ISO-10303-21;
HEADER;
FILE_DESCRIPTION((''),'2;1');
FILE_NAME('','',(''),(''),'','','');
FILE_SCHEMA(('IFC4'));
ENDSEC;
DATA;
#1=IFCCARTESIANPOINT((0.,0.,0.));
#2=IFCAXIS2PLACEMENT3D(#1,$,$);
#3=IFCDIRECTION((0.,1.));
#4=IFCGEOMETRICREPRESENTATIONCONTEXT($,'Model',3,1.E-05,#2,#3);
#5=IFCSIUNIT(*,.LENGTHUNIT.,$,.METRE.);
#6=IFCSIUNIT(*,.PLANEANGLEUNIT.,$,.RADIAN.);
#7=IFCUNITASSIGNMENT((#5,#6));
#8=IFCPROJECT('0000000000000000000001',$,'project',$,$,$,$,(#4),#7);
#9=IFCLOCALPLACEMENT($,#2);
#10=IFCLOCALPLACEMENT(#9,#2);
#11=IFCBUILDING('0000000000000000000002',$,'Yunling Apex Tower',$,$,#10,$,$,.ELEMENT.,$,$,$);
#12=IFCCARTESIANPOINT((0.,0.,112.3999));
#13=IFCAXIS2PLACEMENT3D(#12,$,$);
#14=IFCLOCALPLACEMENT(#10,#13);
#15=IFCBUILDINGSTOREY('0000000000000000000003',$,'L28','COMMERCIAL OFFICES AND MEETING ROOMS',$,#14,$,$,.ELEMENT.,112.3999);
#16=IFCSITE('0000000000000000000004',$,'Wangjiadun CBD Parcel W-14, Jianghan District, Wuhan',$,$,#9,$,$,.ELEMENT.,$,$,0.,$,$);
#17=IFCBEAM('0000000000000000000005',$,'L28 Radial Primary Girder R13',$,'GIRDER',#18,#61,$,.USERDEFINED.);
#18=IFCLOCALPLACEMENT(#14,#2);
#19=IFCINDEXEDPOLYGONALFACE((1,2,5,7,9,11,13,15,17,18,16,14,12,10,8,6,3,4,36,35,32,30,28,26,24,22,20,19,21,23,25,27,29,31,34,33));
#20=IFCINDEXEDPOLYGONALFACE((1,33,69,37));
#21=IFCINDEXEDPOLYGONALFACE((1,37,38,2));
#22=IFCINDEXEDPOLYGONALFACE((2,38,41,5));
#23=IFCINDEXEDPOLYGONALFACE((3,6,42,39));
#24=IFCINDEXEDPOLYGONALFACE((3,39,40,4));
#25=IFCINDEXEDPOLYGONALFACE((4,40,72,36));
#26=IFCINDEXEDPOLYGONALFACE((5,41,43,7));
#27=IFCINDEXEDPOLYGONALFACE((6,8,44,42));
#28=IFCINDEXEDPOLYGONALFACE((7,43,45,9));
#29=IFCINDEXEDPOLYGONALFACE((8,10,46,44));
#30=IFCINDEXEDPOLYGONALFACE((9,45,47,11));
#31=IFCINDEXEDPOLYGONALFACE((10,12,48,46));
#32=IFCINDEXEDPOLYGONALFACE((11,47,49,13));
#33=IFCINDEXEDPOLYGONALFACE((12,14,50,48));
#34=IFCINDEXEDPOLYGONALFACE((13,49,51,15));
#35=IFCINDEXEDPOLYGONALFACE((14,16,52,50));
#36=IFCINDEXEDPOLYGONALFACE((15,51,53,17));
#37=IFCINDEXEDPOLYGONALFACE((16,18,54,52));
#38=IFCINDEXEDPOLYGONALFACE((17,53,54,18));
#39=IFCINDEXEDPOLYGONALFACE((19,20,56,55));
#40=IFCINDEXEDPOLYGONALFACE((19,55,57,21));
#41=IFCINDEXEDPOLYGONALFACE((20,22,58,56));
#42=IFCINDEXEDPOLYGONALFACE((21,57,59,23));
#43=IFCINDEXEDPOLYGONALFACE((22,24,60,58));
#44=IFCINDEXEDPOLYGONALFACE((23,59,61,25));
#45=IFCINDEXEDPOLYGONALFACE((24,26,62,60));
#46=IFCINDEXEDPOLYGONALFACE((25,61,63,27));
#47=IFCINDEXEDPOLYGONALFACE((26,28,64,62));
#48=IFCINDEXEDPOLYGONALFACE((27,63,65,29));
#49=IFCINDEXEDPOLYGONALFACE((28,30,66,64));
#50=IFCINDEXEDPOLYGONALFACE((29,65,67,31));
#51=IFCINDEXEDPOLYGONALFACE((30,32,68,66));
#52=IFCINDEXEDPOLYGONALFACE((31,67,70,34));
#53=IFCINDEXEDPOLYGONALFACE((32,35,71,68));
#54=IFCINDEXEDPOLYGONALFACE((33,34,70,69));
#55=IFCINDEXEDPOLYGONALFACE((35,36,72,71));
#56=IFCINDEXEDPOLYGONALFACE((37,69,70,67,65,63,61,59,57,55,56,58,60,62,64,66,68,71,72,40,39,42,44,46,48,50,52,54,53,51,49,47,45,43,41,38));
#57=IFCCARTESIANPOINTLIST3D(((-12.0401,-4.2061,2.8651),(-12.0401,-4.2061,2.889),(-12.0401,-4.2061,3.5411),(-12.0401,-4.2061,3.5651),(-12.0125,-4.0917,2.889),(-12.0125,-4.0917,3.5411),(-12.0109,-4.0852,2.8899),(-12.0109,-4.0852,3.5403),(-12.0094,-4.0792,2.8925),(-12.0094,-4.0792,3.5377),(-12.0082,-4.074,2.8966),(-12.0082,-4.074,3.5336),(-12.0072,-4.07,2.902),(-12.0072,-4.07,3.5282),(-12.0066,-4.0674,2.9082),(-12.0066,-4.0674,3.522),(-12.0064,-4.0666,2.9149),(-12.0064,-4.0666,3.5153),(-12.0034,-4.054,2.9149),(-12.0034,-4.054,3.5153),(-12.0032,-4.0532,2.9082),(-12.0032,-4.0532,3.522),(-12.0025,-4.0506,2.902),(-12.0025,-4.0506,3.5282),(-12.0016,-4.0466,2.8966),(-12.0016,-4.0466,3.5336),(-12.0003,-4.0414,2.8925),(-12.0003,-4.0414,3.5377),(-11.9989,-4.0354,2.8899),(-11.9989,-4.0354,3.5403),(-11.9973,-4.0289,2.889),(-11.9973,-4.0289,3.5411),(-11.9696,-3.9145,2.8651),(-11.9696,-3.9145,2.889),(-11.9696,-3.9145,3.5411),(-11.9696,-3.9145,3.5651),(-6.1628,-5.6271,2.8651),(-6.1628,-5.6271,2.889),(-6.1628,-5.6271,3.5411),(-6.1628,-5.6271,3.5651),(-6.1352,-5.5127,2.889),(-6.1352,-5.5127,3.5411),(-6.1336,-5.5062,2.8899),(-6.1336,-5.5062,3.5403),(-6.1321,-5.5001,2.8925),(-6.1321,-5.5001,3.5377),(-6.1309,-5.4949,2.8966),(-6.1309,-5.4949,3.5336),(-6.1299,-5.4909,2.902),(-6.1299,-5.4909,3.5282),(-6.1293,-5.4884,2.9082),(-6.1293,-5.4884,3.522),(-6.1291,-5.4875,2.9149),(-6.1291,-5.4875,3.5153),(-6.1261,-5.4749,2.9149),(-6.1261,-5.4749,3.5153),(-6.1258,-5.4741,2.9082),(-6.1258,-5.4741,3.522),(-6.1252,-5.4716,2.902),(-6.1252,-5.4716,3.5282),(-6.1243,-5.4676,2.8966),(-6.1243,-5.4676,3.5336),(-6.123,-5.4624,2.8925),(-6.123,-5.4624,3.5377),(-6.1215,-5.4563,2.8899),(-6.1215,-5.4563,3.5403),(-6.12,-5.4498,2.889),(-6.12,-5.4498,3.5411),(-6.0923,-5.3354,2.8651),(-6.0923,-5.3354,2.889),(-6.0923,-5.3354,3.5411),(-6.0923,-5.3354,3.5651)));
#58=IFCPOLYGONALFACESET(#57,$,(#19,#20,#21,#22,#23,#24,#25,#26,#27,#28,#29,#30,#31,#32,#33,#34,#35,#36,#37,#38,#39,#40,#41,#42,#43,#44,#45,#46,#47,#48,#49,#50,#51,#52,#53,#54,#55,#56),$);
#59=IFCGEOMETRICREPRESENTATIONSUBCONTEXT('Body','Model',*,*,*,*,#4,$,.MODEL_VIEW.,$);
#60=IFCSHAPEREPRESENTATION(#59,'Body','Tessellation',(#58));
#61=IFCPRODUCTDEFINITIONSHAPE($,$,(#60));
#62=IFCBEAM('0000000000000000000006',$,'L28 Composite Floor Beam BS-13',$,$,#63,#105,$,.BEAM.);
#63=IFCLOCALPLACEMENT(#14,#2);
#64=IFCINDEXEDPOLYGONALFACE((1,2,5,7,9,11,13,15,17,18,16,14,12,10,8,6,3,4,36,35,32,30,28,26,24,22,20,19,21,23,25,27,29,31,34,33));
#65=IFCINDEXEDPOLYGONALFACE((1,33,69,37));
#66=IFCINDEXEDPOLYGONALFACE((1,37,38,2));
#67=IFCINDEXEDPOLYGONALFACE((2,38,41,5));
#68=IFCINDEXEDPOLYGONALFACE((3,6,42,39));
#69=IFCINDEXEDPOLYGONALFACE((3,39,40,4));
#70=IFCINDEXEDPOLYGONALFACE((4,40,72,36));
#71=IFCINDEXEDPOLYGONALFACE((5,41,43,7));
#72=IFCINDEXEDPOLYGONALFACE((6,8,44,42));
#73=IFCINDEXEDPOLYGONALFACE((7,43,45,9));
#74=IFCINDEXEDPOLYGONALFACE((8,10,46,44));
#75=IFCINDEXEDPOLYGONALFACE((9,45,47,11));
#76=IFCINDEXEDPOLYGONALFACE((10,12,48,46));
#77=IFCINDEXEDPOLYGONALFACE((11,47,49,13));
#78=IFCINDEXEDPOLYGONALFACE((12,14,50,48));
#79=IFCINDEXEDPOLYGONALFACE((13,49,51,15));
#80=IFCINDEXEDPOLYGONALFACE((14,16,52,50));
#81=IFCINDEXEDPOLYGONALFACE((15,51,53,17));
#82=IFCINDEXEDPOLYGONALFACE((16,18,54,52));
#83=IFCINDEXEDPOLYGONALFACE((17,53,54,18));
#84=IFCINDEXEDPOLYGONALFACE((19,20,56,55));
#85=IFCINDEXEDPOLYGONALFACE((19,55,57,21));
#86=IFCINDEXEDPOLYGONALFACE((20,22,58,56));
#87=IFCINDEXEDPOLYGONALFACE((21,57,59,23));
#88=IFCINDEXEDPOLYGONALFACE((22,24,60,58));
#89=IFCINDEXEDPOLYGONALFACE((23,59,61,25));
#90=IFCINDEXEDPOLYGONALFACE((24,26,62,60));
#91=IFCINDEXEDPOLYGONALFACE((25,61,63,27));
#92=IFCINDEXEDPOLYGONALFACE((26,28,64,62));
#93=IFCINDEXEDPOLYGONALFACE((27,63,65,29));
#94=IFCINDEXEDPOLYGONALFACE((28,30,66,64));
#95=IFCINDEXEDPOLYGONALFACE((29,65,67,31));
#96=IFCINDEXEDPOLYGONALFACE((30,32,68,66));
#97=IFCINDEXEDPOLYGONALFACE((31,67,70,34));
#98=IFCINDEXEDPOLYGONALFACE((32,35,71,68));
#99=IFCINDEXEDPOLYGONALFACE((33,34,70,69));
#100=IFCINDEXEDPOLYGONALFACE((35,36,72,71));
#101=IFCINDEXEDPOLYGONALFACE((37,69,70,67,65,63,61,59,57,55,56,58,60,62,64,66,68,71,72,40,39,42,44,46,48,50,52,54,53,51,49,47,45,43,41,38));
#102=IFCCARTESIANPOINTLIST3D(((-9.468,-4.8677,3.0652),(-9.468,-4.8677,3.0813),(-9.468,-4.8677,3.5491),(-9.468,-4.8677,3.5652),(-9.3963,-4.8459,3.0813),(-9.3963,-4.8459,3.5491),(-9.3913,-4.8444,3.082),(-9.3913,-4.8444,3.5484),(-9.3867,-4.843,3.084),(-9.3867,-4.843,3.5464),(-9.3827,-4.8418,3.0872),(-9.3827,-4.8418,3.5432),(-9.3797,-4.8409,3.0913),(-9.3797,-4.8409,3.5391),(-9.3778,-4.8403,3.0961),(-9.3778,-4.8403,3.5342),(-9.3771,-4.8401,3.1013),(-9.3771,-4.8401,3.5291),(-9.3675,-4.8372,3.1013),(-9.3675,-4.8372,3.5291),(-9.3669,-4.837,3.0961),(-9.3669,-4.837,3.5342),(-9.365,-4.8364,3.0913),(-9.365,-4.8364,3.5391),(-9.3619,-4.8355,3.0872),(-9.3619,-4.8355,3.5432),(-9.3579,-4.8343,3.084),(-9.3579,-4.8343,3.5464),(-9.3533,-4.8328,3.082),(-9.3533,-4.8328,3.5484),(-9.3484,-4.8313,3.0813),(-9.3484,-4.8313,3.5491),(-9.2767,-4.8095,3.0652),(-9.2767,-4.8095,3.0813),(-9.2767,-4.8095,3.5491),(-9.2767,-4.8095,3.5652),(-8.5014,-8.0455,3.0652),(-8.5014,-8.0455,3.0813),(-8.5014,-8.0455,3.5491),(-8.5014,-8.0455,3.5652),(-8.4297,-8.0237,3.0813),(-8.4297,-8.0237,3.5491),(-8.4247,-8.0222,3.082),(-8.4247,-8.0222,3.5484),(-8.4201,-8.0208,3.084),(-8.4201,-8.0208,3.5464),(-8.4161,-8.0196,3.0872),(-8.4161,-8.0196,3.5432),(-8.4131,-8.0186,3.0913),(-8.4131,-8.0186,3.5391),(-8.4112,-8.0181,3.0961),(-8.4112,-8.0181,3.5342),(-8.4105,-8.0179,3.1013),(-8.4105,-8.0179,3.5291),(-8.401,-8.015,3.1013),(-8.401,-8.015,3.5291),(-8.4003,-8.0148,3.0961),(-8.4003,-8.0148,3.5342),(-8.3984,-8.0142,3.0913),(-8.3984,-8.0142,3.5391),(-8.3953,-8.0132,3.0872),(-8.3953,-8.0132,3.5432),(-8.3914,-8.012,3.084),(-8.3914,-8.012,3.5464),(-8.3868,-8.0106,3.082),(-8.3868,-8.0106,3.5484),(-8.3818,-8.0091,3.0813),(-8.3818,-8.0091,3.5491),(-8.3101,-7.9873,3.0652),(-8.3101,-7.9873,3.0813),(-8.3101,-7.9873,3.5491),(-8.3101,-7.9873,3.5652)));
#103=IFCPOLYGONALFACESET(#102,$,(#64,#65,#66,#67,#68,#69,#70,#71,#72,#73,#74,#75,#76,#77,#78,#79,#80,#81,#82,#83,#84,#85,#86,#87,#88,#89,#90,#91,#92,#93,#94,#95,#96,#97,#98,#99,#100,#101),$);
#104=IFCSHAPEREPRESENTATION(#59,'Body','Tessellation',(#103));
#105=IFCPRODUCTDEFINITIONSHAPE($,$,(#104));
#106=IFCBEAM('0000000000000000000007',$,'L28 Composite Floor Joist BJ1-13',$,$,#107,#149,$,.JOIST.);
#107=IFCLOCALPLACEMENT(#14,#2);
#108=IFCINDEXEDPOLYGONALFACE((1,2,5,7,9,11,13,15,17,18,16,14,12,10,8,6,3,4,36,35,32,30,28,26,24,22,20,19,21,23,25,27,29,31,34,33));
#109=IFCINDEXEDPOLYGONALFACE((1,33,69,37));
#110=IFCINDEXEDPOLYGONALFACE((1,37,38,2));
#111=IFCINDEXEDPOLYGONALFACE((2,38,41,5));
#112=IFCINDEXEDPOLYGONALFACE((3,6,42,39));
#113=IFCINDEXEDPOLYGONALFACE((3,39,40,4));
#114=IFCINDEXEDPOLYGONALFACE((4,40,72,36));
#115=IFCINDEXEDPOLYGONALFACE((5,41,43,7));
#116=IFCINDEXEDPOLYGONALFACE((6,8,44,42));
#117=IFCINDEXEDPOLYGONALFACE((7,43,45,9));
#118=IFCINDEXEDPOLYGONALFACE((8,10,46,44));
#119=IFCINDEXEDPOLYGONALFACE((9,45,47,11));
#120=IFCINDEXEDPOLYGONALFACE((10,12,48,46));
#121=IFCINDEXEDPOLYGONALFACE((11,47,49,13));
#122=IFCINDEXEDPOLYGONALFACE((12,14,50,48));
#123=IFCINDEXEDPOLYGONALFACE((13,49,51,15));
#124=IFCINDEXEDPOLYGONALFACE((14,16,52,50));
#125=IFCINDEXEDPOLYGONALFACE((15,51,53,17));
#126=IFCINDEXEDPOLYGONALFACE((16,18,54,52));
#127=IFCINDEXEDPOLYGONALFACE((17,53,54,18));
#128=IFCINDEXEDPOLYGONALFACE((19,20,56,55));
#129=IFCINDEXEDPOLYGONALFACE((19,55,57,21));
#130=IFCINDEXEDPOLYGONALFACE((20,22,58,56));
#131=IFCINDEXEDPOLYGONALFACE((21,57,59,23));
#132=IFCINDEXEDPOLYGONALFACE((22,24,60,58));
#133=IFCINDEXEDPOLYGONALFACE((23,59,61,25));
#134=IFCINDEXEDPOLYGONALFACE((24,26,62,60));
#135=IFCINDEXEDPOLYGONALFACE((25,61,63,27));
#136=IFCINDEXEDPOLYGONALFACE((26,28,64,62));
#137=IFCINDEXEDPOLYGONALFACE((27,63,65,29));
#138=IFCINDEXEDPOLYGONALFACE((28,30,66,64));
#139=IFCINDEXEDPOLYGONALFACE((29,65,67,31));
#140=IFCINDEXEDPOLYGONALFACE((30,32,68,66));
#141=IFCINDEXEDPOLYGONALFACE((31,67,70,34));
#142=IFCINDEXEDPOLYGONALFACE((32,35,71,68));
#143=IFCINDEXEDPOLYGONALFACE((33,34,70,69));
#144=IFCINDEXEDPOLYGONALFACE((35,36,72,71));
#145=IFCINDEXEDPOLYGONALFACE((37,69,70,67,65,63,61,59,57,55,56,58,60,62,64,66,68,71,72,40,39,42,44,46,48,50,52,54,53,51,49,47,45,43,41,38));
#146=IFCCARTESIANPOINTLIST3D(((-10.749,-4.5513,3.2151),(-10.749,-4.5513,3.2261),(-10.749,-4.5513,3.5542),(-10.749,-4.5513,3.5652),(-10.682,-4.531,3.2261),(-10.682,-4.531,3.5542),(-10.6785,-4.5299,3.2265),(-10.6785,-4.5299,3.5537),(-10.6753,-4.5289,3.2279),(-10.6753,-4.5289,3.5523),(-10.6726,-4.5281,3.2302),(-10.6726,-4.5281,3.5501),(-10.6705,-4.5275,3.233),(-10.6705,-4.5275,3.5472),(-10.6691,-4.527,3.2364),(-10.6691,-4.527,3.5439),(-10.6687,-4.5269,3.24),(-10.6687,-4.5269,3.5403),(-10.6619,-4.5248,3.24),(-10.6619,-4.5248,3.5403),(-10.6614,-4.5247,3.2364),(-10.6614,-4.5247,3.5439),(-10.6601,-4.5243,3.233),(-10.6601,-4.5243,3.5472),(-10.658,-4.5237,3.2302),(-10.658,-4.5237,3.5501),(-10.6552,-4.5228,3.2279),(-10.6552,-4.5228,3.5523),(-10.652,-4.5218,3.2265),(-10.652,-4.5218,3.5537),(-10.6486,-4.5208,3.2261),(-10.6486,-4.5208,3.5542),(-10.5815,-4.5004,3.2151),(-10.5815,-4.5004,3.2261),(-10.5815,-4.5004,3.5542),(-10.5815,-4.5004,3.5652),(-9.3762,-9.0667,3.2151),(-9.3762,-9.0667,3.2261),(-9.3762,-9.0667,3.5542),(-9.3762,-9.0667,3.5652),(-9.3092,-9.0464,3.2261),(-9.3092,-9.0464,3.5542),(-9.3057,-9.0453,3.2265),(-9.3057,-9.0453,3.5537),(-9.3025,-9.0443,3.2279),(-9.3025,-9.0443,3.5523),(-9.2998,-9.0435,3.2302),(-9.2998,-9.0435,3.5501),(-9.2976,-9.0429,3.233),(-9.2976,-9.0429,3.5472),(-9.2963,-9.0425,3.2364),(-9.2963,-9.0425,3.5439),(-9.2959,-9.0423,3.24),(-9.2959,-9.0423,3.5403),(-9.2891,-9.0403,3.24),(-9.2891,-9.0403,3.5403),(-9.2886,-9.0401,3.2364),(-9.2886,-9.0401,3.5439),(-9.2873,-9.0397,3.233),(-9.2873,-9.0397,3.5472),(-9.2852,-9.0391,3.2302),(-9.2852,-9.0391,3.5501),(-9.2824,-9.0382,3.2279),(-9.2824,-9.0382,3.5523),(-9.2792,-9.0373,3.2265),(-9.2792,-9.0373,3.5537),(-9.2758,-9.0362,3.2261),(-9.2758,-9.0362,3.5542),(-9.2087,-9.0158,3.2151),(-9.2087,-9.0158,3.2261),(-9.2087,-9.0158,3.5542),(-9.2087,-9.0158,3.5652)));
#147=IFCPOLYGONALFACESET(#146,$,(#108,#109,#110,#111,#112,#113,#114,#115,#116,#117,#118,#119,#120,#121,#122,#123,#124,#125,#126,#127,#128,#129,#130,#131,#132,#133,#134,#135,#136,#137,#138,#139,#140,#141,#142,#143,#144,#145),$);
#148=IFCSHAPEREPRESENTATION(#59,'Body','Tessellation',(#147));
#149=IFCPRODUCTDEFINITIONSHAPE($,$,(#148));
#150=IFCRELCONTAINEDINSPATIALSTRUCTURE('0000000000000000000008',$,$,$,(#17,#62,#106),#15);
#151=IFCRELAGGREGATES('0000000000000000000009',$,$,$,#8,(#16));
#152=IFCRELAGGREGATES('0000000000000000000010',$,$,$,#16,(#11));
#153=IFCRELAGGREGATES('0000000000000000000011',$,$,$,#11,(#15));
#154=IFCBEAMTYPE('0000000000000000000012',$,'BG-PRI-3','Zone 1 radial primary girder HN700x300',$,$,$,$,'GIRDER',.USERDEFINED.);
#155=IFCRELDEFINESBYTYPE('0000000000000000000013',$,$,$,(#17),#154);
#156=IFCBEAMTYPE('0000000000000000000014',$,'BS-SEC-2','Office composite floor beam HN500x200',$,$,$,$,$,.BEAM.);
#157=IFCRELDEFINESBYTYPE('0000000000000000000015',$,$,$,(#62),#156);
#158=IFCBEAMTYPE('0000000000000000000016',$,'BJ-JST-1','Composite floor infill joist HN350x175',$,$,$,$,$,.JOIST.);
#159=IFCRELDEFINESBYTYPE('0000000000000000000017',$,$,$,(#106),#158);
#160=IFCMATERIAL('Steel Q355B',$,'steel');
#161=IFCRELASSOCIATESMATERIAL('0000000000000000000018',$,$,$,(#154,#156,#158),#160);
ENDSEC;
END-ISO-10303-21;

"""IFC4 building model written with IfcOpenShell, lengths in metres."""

from ifc_helpers import new_model, si_unit, direction, frame, origin, origin_2d, place, context, subcontext, project, spatial, i_section, extrude, source, transform, mapped, material, material_profile, profile_set, type_object, element, save


model = new_model("IFC4")

# Units and contexts
model_context = context("Model", 3, precision=1e-05, world=origin(), true_north=direction((0.0, 1.0)))
body_context = subcontext(model_context, "Body", "Model", "MODEL_VIEW")
ifc_project = project(units=[si_unit("LENGTHUNIT", "METRE"), si_unit("PLANEANGLEUNIT", "RADIAN")], contexts=[model_context])

# Site, building, storey
site_placement = place(None, origin())
site = spatial("IfcSite", under=ifc_project, at=site_placement, Name="Wangjiadun CBD Parcel W-14, Jianghan District, Wuhan", CompositionType="ELEMENT", RefElevation=0.0)
building_placement = place(site_placement, origin())
building = spatial("IfcBuilding", under=site, at=building_placement, Name="Yunling Apex Tower", CompositionType="ELEMENT")
storey_placement = place(building_placement, frame((0.0, 0.0, 112.3999)))
storey = spatial("IfcBuildingStorey", under=building, at=storey_placement, Name="L28", Description="COMMERCIAL OFFICES AND MEETING ROOMS", CompositionType="ELEMENT", Elevation=112.3999)

# Beams
ifc_material_1 = material(Name="Steel Q355B", Category="steel")
ifc_material_profile_1 = material_profile(ifc_material_1, i_section(OverallWidth=0.3, OverallDepth=0.7, WebThickness=0.0129, FlangeThickness=0.0239, FilletRadius=0.0259, at=origin_2d()))
ifc_profile_set_1 = profile_set([ifc_material_profile_1], Name="Steel Q355B")
beam_type_1 = type_object("IfcBeamType", Name="BG-PRI-3", Description="Zone 1 radial primary girder HN700x300", ElementType="GIRDER", PredefinedType="USERDEFINED", material=ifc_profile_set_1)
shared_shape_1 = source(origin(), body_context, "Body", "SweptSolid", [
    extrude(i_section(OverallWidth=0.3, OverallDepth=0.7, WebThickness=0.0129, FlangeThickness=0.0239, FilletRadius=0.0259, at=origin_2d()), origin(), (0.0, 0.0, 1.0), 6.0466),
])
beam_1_placement = place(storey_placement, frame((-12.0049, -4.0603, 3.2151), z_axis=(0.971997, -0.234994, 0.0), x_axis=(0.234994, 0.971997, 0.0)))
element("IfcBeam", 1, at=beam_1_placement, inside=storey, type_object=beam_type_1, Name="L28 Radial Primary Girder R13", ObjectType="GIRDER", PredefinedType="USERDEFINED", context=body_context, shape_type="MappedRepresentation", body=[
    mapped(shared_shape_1, transform((0.0, 0.0, 0.0), scale=1.0)),
])
ifc_material_profile_2 = material_profile(ifc_material_1, i_section(OverallWidth=0.2, OverallDepth=0.5, WebThickness=0.01, FlangeThickness=0.0161, FilletRadius=0.02, at=origin_2d()))
ifc_profile_set_2 = profile_set([ifc_material_profile_2], Name="Steel Q355B")
beam_type_2 = type_object("IfcBeamType", Name="BS-SEC-2", Description="Office composite floor beam HN500x200", PredefinedType="BEAM", material=ifc_profile_set_2)
shared_shape_2 = source(origin(), body_context, "Body", "SweptSolid", [
    extrude(i_section(OverallWidth=0.2, OverallDepth=0.5, WebThickness=0.01, FlangeThickness=0.0161, FilletRadius=0.02, at=origin_2d()), origin(), (0.0, 0.0, 1.0), 3.3215),
])
beam_2_placement = place(storey_placement, frame((-9.3723, -4.8386, 3.3152), z_axis=(0.291001, -0.956723, 0.0), x_axis=(0.956723, 0.291001, 0.0)))
element("IfcBeam", 2, at=beam_2_placement, inside=storey, type_object=beam_type_2, Name="L28 Composite Floor Beam BS-13", PredefinedType="BEAM", context=body_context, shape_type="MappedRepresentation", body=[
    mapped(shared_shape_2, transform((0.0, 0.0, 0.0), scale=1.0)),
])
ifc_material_profile_3 = material_profile(ifc_material_1, i_section(OverallWidth=0.175, OverallDepth=0.3501, WebThickness=0.0071, FlangeThickness=0.011, FilletRadius=0.0139, at=origin_2d()))
ifc_profile_set_3 = profile_set([ifc_material_profile_3], Name="Steel Q355B")
beam_type_3 = type_object("IfcBeamType", Name="BJ-JST-1", Description="Composite floor infill joist HN350x175", PredefinedType="JOIST", material=ifc_profile_set_3)
shared_shape_3 = source(origin(), body_context, "Body", "SweptSolid", [
    extrude(i_section(OverallWidth=0.175, OverallDepth=0.3501, WebThickness=0.0071, FlangeThickness=0.011, FilletRadius=0.0139, at=origin_2d()), origin(), (0.0, 0.0, 1.0), 4.7195),
])
beam_3_placement = place(storey_placement, frame((-10.6653, -4.5259, 3.3901), z_axis=(0.290882, -0.956759, 0.0), x_axis=(0.956759, 0.290882, 0.0)))
element("IfcBeam", 3, at=beam_3_placement, inside=storey, type_object=beam_type_3, Name="L28 Composite Floor Joist BJ1-13", PredefinedType="JOIST", context=body_context, shape_type="MappedRepresentation", body=[
    mapped(shared_shape_3, transform((0.0, 0.0, 0.0), scale=1.0)),
])

save(model, "model.ifc")
